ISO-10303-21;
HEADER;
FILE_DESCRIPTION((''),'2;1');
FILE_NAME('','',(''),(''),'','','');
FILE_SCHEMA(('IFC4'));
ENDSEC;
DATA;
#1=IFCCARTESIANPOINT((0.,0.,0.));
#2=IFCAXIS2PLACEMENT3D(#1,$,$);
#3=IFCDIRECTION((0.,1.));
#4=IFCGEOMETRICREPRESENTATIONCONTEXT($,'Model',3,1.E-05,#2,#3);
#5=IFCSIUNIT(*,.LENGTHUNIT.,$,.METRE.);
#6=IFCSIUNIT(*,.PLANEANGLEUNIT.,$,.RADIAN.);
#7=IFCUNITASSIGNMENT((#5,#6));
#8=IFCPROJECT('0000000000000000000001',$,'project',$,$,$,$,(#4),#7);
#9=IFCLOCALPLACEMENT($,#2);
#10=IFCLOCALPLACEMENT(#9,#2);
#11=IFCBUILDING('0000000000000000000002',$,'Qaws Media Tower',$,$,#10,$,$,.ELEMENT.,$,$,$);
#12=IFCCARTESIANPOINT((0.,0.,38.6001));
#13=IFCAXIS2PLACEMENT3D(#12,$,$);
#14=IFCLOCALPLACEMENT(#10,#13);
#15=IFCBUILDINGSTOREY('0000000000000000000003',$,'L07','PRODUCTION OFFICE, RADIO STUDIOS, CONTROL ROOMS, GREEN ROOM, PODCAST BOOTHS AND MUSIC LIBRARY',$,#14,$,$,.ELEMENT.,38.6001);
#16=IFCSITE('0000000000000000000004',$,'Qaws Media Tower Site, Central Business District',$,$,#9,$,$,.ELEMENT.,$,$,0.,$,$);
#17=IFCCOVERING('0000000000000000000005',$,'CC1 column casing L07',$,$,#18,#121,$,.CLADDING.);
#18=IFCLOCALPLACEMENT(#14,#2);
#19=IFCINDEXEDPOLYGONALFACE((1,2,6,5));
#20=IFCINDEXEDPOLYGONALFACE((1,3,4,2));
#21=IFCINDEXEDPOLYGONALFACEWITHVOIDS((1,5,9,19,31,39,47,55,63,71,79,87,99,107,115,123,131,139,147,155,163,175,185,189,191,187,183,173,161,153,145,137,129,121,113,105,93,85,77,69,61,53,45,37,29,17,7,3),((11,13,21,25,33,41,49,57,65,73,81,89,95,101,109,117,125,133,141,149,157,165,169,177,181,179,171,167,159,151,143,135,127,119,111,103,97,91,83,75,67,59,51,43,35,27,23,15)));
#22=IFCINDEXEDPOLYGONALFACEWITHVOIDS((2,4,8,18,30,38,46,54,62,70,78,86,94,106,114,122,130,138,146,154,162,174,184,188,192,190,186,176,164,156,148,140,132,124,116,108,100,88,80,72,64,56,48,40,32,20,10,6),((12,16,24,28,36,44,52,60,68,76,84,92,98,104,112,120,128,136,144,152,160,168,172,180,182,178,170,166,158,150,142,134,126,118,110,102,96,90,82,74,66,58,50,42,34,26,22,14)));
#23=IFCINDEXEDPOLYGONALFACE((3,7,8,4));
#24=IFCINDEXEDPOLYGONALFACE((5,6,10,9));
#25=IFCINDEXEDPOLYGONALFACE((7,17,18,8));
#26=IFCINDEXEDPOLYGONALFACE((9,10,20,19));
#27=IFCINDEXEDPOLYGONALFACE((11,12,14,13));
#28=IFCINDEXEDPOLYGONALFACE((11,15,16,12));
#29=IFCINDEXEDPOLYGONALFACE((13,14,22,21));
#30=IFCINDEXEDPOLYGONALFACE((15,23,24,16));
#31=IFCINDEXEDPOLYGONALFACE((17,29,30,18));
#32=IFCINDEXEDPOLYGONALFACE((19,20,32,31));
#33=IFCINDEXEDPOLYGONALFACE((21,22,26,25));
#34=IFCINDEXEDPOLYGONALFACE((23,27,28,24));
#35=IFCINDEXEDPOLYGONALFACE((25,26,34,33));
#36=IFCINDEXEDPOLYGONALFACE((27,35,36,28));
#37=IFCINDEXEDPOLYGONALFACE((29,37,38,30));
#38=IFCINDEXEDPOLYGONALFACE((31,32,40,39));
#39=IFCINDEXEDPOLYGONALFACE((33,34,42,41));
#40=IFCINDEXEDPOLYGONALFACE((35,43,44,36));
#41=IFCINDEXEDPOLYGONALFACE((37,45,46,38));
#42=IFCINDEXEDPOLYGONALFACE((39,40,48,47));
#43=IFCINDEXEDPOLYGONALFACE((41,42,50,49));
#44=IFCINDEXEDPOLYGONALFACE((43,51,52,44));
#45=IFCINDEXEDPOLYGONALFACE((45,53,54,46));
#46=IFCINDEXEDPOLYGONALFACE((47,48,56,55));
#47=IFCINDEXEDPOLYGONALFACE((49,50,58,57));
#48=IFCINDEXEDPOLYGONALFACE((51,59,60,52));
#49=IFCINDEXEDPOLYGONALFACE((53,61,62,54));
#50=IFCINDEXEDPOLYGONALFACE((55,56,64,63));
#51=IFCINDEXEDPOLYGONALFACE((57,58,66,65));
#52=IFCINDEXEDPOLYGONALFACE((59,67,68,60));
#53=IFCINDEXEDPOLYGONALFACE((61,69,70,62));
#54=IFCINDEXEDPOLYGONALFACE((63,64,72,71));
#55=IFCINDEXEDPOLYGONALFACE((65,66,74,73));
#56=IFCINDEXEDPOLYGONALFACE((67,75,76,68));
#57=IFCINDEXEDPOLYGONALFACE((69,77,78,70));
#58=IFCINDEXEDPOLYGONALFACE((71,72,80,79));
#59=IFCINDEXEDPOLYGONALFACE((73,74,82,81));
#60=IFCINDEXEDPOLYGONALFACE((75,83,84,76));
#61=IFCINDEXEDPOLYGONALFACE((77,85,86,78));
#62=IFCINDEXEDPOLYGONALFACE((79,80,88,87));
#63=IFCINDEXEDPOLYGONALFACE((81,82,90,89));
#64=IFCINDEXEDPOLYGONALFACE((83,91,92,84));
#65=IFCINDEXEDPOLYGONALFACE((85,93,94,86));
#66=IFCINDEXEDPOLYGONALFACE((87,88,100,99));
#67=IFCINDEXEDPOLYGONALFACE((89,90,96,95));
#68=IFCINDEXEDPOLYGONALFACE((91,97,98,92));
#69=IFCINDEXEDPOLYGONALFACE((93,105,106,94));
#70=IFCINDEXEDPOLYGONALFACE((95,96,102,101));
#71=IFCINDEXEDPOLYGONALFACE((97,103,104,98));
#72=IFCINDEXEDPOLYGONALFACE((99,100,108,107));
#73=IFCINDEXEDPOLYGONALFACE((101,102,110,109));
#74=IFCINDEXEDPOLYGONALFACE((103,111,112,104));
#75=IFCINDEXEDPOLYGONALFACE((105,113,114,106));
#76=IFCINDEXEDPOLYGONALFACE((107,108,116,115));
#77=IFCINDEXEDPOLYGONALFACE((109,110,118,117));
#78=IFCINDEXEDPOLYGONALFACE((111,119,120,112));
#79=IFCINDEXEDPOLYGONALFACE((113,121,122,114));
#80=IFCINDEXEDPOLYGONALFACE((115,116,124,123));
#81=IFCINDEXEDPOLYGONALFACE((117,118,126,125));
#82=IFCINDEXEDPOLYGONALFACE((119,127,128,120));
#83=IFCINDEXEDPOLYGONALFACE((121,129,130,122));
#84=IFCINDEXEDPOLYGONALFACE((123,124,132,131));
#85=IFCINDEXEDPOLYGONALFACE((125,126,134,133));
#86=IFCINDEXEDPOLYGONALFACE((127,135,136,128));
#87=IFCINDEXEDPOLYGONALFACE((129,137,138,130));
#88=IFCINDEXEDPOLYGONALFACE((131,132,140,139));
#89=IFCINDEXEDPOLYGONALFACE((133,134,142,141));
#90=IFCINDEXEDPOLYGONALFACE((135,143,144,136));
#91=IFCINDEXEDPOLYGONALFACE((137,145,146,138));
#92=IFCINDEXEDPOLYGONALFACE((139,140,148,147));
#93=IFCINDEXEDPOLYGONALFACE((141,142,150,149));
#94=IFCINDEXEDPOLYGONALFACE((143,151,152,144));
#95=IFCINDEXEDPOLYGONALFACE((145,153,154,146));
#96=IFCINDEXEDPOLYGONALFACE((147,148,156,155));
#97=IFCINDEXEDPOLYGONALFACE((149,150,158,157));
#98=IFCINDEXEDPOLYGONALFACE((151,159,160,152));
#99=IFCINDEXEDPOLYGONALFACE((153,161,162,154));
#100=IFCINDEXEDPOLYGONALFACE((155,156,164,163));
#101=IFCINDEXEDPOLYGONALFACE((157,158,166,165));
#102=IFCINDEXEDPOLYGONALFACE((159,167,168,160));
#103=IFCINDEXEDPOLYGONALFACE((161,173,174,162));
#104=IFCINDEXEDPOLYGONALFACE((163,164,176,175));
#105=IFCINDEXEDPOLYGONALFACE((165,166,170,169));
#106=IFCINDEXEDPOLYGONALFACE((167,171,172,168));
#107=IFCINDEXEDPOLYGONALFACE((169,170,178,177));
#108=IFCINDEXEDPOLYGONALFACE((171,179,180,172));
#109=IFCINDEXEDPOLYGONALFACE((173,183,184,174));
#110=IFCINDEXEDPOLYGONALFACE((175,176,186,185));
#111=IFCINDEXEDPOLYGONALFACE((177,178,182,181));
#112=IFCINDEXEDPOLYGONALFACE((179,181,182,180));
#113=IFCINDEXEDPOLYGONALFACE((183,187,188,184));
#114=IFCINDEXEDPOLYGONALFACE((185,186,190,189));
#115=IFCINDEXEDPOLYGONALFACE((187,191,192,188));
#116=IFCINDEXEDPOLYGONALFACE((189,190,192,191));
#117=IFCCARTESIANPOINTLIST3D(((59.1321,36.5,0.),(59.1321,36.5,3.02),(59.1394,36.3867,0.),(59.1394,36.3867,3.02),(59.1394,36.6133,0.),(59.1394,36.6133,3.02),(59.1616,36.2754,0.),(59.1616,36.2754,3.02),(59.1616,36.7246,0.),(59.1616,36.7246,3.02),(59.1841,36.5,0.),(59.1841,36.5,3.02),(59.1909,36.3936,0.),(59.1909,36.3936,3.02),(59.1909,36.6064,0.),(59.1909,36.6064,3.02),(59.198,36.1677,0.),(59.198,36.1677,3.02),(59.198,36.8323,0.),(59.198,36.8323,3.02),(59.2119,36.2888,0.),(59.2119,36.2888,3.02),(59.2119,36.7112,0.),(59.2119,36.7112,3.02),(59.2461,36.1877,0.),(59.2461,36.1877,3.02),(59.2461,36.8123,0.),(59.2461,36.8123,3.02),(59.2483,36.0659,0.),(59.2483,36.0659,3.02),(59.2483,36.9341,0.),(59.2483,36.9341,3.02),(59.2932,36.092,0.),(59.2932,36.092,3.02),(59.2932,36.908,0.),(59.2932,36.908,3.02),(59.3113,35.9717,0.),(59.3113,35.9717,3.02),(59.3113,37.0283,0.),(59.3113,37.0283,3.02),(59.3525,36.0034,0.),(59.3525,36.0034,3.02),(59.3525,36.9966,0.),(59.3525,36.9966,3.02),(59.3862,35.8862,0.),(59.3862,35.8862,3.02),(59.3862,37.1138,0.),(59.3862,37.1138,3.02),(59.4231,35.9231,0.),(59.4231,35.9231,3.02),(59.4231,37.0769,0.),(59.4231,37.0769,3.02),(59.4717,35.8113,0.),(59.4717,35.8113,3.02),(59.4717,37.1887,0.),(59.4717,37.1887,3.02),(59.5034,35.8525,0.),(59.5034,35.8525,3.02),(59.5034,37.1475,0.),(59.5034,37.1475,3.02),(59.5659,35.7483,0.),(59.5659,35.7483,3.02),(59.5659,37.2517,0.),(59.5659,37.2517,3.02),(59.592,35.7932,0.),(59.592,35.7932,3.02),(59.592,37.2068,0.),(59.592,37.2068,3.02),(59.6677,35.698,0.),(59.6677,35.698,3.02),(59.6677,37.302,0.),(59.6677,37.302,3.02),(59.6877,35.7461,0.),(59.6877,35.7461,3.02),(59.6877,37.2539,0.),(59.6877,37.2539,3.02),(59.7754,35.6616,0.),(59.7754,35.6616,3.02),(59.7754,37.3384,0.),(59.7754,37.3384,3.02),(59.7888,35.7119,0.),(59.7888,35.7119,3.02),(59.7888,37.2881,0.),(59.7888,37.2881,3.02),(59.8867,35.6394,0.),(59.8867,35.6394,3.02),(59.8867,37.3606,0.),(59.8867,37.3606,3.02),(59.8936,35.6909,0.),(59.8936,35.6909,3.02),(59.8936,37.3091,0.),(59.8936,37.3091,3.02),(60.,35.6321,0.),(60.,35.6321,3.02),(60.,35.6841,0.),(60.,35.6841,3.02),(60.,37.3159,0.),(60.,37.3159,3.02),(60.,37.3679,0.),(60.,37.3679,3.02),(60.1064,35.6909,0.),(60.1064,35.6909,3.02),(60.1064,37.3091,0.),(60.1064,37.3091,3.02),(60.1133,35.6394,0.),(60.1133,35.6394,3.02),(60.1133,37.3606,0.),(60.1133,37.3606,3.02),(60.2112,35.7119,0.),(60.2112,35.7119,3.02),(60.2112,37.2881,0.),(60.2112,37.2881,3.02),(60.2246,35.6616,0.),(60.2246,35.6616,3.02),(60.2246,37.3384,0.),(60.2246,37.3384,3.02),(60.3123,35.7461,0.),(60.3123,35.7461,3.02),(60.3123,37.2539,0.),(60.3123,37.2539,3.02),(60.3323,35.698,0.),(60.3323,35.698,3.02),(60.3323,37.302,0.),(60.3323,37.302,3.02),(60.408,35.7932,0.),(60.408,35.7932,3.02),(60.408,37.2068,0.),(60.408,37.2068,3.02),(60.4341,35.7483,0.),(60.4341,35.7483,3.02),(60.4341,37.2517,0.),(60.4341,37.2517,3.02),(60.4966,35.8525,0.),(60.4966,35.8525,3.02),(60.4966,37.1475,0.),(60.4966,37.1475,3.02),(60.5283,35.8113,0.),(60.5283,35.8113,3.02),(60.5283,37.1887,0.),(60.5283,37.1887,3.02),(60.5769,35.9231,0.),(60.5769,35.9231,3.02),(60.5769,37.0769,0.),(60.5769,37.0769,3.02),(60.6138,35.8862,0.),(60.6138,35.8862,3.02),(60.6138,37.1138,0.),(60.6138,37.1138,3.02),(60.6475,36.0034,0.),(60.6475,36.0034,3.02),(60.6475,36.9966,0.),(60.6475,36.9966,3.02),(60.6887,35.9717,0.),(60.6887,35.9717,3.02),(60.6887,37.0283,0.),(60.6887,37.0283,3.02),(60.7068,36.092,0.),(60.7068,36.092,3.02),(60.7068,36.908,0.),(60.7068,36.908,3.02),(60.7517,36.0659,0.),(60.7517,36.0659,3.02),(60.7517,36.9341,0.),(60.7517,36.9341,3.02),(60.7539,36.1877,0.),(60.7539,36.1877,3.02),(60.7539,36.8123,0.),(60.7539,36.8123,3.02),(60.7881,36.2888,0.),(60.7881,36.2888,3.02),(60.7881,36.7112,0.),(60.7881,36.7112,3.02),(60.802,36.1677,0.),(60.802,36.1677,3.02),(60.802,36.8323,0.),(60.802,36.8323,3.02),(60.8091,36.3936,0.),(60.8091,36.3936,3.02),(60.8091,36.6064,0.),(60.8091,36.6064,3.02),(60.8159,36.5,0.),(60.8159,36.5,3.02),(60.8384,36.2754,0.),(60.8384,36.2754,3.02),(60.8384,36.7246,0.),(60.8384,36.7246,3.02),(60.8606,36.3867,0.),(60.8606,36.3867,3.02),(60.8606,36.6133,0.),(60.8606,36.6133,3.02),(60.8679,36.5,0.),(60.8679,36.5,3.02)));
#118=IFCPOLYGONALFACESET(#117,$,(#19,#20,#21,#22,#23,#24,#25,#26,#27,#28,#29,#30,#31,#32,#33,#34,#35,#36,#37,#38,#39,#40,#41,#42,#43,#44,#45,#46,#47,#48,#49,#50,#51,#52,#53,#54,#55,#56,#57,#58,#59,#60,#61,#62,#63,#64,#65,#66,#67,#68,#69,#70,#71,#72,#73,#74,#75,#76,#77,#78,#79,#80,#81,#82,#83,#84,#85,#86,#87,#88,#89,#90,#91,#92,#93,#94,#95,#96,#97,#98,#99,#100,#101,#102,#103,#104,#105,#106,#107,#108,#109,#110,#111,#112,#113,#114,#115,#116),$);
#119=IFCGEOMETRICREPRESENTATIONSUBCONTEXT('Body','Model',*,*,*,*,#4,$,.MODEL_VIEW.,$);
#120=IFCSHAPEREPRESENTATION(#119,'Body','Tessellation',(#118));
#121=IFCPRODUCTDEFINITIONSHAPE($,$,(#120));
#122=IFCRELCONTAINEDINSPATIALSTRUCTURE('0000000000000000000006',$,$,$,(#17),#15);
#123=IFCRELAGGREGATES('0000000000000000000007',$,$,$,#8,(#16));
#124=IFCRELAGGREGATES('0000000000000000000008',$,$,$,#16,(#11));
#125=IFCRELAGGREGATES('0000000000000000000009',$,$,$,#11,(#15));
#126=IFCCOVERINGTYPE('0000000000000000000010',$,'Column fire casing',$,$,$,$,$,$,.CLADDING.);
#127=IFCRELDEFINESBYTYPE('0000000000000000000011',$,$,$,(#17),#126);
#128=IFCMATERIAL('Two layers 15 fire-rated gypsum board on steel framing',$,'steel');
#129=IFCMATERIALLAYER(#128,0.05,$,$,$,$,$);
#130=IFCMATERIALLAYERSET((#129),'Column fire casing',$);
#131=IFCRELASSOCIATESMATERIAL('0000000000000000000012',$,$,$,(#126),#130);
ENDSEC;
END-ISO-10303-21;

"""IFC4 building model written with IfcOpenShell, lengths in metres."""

from ifc_helpers import new_model, si_unit, direction, frame, origin, place, context, subcontext, project, spatial, polyline, outline, extrude, material, layer, layer_set, type_object, element, save


model = new_model("IFC4")

# Units and contexts
model_context = context("Model", 3, precision=1e-05, world=origin(), true_north=direction((0.0, 1.0)))
body_context = subcontext(model_context, "Body", "Model", "MODEL_VIEW")
ifc_project = project(units=[si_unit("LENGTHUNIT", "METRE"), si_unit("PLANEANGLEUNIT", "RADIAN")], contexts=[model_context])

# Site, building, storey
site_placement = place(None, origin())
site = spatial("IfcSite", under=ifc_project, at=site_placement, Name="Qaws Media Tower Site, Central Business District", CompositionType="ELEMENT", RefElevation=0.0)
building_placement = place(site_placement, origin())
building = spatial("IfcBuilding", under=site, at=building_placement, Name="Qaws Media Tower", CompositionType="ELEMENT")
storey_placement = place(building_placement, frame((0.0, 0.0, 38.6001)))
storey = spatial("IfcBuildingStorey", under=building, at=storey_placement, Name="L07", Description="PRODUCTION OFFICE, RADIO STUDIOS, CONTROL ROOMS, GREEN ROOM, PODCAST BOOTHS AND MUSIC LIBRARY", CompositionType="ELEMENT", Elevation=38.6001)

# Covering
ifc_material_1 = material(Name="Two layers 15 fire-rated gypsum board on steel framing", Category="steel")
ifc_layer_1 = layer(ifc_material_1, 0.05)
ifc_layer_set_1 = layer_set([ifc_layer_1], Name="Column fire casing")
covering_type = type_object("IfcCoveringType", Name="Column fire casing", PredefinedType="CLADDING", material=ifc_layer_set_1)
covering_1_placement = place(storey_placement, origin())
element("IfcCovering", 1, at=covering_1_placement, inside=storey, type_object=covering_type, Name="CC1 column casing L07", PredefinedType="CLADDING", context=body_context, shape_type="SweptSolid", body=[
    extrude(outline(polyline([(60.8679, 36.5), (60.8606, 36.3867), (60.8384, 36.2754), (60.802, 36.1677), (60.7517, 36.0659), (60.6887, 35.9717), (60.6138, 35.8862), (60.5283, 35.8113), (60.4341, 35.7483), (60.3323, 35.698), (60.2246, 35.6616), (60.1133, 35.6394), (60.0, 35.6321), (59.8867, 35.6394), (59.7754, 35.6616), (59.6677, 35.698), (59.5659, 35.7483), (59.4717, 35.8113), (59.3862, 35.8862), (59.3113, 35.9717), (59.2483, 36.0659), (59.198, 36.1677), (59.1616, 36.2754), (59.1394, 36.3867), (59.1321, 36.5), (59.1394, 36.6133), (59.1616, 36.7246), (59.198, 36.8323), (59.2483, 36.9341), (59.3113, 37.0283), (59.3862, 37.1138), (59.4717, 37.1887), (59.5659, 37.2517), (59.6677, 37.302), (59.7754, 37.3384), (59.8867, 37.3606), (60.0, 37.3679), (60.1133, 37.3606), (60.2246, 37.3384), (60.3323, 37.302), (60.4341, 37.2517), (60.5283, 37.1887), (60.6138, 37.1138), (60.6887, 37.0283), (60.7517, 36.9341), (60.802, 36.8323), (60.8384, 36.7246), (60.8606, 36.6133), (60.8679, 36.5)]), holes=[polyline([(60.8159, 36.5), (60.8091, 36.3936), (60.7881, 36.2888), (60.7539, 36.1877), (60.7068, 36.092), (60.6475, 36.0034), (60.5769, 35.9231), (60.4966, 35.8525), (60.408, 35.7932), (60.3123, 35.7461), (60.2112, 35.7119), (60.1064, 35.6909), (60.0, 35.6841), (59.8936, 35.6909), (59.7888, 35.7119), (59.6877, 35.7461), (59.592, 35.7932), (59.5034, 35.8525), (59.4231, 35.9231), (59.3525, 36.0034), (59.2932, 36.092), (59.2461, 36.1877), (59.2119, 36.2888), (59.1909, 36.3936), (59.1841, 36.5), (59.1909, 36.6064), (59.2119, 36.7112), (59.2461, 36.8123), (59.2932, 36.908), (59.3525, 36.9966), (59.4231, 37.0769), (59.5034, 37.1475), (59.592, 37.2068), (59.6877, 37.2539), (59.7888, 37.2881), (59.8936, 37.3091), (60.0, 37.3159), (60.1064, 37.3091), (60.2112, 37.2881), (60.3123, 37.2539), (60.408, 37.2068), (60.4966, 37.1475), (60.5769, 37.0769), (60.6475, 36.9966), (60.7068, 36.908), (60.7539, 36.8123), (60.7881, 36.7112), (60.8091, 36.6064), (60.8159, 36.5)])]), origin(), (0.0, 0.0, 1.0), 3.02),
])

save(model, "model.ifc")
